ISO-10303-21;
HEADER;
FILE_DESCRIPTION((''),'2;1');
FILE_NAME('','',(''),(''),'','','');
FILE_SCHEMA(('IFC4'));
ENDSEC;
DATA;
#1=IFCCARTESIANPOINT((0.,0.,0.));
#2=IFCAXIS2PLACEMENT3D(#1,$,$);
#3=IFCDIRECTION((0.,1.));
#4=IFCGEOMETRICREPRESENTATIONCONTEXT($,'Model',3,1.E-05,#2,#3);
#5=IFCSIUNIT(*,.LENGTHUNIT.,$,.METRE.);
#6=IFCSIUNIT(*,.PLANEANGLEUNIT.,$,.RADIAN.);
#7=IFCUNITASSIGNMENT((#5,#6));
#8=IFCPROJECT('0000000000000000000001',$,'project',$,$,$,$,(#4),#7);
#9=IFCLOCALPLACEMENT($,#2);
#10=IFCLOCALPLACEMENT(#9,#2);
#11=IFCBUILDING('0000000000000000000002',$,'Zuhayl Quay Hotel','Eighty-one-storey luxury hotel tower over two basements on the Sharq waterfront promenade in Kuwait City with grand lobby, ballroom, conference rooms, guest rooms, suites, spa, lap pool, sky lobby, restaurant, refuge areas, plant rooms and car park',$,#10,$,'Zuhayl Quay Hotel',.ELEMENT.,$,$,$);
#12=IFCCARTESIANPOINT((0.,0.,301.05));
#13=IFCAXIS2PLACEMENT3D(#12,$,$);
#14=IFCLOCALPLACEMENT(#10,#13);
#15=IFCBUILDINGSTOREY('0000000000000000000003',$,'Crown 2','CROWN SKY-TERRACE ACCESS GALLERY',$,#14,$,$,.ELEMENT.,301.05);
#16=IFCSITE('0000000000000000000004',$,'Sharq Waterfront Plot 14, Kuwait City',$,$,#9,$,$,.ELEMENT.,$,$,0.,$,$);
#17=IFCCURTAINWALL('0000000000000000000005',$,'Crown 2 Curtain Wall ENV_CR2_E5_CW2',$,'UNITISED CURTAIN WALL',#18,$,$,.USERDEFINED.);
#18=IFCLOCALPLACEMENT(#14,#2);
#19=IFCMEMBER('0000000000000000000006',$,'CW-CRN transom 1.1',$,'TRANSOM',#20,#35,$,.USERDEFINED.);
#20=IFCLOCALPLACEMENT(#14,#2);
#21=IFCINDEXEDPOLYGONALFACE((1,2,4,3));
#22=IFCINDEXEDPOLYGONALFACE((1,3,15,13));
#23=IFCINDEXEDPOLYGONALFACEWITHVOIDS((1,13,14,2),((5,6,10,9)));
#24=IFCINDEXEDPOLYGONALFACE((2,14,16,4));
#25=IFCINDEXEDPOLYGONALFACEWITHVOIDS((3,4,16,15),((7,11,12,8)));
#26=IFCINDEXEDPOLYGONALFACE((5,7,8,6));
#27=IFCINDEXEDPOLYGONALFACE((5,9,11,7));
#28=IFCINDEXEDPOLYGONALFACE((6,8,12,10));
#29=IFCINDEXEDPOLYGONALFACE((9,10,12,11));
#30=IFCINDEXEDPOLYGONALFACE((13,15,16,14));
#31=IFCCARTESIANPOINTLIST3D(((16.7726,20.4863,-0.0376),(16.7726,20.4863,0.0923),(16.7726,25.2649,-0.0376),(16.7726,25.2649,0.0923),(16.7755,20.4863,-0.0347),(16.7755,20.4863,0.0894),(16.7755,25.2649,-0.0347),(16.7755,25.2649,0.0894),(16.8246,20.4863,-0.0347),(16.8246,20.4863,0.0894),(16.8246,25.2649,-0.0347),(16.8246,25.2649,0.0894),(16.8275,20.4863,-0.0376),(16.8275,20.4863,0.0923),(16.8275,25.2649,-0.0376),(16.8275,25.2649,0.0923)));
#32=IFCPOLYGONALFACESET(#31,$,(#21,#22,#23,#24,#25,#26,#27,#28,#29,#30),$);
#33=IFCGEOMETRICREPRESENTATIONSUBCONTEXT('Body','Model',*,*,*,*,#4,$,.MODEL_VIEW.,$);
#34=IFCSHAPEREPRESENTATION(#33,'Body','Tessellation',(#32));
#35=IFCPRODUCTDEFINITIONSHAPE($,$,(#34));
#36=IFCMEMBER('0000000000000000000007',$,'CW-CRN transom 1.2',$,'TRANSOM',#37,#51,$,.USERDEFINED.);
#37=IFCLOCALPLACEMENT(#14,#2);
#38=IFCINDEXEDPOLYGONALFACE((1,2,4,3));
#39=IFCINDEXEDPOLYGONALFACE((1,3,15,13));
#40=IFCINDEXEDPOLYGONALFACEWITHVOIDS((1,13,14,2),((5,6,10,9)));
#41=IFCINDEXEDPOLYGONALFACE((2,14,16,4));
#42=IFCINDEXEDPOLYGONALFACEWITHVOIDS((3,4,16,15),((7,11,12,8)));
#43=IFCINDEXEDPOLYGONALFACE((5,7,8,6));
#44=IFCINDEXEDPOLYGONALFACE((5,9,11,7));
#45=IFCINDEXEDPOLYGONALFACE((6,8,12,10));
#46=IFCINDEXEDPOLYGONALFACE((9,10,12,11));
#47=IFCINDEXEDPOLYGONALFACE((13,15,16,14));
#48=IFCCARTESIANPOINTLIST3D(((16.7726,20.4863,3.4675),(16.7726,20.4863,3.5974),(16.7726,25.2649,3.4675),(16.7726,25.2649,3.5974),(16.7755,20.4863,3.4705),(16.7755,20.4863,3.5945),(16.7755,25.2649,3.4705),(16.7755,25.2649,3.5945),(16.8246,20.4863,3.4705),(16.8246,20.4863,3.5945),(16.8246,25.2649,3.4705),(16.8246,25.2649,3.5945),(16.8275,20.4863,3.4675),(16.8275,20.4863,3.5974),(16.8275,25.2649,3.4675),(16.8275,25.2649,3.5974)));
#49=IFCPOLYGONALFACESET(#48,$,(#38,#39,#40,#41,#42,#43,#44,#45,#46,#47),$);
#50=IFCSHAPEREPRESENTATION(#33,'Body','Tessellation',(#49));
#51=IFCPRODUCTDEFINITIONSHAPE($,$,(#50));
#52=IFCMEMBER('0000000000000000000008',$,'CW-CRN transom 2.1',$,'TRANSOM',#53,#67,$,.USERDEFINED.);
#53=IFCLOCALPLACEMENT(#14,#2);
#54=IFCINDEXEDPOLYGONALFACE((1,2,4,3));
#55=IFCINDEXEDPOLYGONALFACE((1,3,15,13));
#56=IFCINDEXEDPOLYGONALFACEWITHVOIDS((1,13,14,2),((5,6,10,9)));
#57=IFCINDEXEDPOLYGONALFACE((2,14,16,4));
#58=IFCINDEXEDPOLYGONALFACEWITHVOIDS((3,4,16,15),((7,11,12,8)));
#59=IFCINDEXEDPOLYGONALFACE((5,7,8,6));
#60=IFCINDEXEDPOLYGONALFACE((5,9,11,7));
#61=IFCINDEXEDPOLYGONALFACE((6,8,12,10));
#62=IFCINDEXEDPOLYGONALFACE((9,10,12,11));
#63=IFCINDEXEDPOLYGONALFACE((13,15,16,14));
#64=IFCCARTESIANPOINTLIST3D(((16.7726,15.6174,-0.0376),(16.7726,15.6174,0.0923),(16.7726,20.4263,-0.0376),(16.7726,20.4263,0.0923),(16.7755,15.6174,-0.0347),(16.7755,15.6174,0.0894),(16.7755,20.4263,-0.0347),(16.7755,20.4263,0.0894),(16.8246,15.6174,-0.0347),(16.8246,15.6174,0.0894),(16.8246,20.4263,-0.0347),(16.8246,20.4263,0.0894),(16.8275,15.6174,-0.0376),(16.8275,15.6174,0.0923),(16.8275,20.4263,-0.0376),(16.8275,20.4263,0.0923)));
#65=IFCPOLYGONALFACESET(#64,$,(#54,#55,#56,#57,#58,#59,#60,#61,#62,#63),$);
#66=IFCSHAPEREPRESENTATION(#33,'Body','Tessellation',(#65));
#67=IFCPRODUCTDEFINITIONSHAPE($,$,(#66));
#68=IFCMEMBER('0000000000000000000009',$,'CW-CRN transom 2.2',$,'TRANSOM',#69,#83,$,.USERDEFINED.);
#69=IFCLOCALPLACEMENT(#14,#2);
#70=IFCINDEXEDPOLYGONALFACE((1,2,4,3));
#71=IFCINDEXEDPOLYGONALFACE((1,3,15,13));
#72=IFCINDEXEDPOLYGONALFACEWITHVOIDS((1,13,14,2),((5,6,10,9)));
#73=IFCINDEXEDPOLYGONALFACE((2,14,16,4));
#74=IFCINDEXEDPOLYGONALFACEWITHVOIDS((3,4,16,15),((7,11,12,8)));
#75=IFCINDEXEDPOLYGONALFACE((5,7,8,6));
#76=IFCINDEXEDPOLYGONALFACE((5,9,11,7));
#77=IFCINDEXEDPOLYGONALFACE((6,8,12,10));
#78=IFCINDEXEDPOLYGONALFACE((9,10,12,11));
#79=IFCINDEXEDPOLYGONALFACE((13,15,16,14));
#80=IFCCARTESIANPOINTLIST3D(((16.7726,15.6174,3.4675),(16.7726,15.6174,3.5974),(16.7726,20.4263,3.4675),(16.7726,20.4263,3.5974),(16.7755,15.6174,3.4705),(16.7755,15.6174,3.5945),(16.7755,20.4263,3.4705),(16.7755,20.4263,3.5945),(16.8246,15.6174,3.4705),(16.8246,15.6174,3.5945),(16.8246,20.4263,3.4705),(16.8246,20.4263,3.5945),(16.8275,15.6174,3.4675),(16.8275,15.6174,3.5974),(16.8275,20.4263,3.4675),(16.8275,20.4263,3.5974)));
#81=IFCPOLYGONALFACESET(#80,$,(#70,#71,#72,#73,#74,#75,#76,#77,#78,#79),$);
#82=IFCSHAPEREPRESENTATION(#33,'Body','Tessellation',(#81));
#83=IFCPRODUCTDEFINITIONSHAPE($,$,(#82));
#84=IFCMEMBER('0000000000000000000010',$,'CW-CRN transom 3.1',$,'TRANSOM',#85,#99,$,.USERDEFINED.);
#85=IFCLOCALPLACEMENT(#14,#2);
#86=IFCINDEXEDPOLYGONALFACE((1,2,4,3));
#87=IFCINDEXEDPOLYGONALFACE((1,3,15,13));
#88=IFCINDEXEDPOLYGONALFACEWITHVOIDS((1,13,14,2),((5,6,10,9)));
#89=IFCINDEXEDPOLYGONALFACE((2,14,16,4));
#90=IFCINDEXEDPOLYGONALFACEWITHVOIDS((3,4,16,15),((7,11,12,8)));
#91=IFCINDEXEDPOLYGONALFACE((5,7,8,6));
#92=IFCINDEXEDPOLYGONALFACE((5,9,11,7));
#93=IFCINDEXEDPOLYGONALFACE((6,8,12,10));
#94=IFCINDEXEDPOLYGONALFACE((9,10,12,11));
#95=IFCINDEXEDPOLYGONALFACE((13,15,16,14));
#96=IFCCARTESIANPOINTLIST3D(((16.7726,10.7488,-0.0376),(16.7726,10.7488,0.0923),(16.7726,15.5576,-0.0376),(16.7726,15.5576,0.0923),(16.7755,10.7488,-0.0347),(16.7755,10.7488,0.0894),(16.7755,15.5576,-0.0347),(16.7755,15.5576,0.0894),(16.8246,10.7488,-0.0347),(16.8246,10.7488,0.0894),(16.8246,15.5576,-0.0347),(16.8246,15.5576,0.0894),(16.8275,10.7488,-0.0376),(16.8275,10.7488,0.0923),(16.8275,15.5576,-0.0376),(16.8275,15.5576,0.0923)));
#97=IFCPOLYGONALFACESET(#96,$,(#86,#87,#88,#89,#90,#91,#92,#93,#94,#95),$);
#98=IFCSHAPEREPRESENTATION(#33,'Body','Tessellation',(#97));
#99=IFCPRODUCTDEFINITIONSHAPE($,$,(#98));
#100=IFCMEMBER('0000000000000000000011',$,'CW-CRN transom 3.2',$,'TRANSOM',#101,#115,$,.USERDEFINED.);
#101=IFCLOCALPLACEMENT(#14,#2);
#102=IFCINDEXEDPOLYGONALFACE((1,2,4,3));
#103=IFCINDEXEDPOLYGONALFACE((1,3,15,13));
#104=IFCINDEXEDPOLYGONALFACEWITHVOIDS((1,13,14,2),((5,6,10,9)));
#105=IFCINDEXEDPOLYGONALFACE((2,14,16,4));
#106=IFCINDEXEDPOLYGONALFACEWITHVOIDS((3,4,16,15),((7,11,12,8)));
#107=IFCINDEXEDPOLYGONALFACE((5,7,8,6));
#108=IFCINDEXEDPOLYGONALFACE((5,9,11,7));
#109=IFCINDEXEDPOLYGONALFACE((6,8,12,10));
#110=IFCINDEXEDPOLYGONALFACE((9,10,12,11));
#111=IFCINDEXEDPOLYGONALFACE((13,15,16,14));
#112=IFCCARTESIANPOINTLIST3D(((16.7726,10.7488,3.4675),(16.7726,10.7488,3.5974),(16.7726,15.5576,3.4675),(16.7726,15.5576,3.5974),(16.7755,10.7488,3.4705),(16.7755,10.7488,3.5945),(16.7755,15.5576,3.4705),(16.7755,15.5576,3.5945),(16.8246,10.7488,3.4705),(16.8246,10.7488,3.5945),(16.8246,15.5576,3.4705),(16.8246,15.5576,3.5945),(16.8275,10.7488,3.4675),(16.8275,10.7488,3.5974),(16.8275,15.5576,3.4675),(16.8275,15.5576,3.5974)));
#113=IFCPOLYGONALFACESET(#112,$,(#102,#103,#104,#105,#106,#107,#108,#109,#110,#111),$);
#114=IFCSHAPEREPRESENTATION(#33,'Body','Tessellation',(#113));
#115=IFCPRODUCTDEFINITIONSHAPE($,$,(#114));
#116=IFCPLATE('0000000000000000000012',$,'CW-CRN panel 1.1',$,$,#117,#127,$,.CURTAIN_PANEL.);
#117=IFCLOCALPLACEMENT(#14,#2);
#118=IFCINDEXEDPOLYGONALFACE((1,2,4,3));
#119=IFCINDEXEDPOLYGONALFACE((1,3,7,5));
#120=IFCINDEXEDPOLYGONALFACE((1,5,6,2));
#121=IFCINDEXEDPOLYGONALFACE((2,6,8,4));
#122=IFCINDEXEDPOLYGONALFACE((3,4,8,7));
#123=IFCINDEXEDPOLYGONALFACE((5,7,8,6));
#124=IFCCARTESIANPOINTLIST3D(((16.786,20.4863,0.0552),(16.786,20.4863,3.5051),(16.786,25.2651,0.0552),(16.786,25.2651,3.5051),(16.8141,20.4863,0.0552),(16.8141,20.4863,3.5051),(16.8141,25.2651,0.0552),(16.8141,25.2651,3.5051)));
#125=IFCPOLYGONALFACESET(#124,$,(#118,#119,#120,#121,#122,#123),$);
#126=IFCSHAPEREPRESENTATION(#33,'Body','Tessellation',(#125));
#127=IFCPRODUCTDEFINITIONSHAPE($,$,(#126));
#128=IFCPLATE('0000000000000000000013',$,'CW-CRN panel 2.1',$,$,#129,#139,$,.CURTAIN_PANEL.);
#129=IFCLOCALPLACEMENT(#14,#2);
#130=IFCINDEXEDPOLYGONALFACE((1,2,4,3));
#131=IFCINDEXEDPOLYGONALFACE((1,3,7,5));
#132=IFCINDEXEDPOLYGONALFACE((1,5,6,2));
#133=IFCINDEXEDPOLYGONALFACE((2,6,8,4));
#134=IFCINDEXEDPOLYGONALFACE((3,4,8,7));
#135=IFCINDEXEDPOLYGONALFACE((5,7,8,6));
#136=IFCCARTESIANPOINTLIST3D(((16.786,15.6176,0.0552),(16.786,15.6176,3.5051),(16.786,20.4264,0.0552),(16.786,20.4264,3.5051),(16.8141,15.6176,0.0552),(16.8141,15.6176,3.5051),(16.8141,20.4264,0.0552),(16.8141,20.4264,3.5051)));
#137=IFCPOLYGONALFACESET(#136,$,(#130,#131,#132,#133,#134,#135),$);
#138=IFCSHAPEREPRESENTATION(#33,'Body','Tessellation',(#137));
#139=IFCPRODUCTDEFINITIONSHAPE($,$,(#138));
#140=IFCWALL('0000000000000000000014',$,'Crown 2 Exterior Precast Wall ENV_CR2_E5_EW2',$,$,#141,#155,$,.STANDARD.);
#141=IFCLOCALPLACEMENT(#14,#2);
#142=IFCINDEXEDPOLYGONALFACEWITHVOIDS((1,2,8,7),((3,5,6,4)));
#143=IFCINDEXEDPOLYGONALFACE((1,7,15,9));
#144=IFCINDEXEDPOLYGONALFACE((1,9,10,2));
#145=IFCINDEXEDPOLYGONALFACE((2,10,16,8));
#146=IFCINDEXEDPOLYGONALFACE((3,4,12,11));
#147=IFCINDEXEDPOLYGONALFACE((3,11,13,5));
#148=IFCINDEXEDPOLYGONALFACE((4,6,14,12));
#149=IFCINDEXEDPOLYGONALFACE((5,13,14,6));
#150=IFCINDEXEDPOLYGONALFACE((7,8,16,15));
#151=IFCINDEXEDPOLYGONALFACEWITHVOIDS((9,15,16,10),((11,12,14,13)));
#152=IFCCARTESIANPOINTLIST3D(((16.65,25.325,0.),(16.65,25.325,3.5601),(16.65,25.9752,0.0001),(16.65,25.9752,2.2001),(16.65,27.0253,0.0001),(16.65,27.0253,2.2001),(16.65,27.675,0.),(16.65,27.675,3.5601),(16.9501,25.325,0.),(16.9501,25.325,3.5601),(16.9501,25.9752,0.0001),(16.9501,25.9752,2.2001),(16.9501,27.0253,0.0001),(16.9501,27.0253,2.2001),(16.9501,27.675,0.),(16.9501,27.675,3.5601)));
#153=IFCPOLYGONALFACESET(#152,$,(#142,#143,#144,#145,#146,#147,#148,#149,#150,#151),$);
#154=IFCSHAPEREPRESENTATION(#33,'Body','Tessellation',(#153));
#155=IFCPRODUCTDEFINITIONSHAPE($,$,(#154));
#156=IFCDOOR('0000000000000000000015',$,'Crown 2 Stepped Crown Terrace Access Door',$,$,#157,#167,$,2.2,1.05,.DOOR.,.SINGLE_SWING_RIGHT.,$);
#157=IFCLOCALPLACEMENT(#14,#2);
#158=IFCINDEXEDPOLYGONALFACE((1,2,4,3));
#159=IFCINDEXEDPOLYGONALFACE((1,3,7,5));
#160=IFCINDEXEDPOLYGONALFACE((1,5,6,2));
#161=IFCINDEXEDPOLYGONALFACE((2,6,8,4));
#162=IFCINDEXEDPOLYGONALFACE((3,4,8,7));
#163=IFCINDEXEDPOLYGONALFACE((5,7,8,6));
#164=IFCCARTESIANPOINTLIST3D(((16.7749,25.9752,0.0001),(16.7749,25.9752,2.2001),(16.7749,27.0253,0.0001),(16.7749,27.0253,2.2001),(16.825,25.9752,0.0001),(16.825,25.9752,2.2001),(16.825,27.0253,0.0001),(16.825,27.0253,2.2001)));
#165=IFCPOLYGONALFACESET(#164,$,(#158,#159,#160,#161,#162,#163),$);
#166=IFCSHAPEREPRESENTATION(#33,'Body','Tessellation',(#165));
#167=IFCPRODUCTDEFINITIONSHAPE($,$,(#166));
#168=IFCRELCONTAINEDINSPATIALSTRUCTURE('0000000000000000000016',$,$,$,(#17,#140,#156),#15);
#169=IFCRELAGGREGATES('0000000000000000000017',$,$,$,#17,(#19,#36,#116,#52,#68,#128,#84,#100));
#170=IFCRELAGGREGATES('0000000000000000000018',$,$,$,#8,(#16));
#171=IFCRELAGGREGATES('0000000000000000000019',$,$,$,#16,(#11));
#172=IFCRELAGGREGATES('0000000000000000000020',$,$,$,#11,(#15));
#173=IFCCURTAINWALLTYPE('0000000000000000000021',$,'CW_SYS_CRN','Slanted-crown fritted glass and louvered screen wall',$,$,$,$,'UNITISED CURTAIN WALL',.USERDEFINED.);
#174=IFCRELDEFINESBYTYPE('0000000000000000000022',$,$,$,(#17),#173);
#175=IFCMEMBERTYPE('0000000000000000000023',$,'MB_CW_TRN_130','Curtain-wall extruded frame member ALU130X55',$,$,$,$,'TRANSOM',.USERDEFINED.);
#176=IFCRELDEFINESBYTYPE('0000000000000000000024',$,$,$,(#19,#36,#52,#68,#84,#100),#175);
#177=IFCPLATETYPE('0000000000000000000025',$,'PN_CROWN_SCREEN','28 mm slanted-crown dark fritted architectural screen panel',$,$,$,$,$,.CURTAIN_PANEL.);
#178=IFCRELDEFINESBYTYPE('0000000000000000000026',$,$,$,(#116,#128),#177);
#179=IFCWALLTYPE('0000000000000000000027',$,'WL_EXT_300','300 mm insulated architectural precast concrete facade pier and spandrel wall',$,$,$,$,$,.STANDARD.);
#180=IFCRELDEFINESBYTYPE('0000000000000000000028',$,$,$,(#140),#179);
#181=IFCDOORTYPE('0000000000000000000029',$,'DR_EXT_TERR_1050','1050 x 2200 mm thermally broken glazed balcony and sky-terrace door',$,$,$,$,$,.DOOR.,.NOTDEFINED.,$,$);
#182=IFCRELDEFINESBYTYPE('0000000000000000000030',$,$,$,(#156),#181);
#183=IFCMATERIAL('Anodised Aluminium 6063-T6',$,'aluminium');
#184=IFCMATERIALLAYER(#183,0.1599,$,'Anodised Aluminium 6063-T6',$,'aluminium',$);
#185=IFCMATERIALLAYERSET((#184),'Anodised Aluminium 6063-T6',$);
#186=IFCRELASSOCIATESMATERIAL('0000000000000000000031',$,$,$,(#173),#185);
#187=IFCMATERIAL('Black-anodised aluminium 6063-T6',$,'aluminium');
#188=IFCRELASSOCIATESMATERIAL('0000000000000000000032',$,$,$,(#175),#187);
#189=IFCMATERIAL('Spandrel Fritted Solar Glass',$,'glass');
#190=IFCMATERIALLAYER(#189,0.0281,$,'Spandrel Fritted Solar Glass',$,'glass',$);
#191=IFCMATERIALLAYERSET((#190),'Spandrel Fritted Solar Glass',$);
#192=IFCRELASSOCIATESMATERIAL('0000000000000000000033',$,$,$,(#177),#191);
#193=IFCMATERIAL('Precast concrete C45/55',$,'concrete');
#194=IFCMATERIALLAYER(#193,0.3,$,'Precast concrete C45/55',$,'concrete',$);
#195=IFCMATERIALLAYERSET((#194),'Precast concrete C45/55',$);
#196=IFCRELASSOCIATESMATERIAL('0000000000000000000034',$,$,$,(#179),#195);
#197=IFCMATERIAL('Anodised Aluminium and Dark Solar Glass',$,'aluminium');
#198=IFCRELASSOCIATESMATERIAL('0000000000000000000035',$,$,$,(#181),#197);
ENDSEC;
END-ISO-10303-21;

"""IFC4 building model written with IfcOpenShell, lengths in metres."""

from ifc_helpers import new_model, si_unit, direction, frame, frame_2d, origin, origin_2d, place, context, subcontext, project, spatial, rectangle, hollow_rectangle, extrude, material, layer, layer_set, material_profile, profile_set, type_object, element, fill, aggregate, save


model = new_model("IFC4")

# Units and contexts
model_context = context("Model", 3, precision=1e-05, world=origin(), true_north=direction((0.0, 1.0)))
body_context = subcontext(model_context, "Body", "Model", "MODEL_VIEW")
ifc_project = project(units=[si_unit("LENGTHUNIT", "METRE"), si_unit("PLANEANGLEUNIT", "RADIAN")], contexts=[model_context])

# Site, building, storey
site_placement = place(None, origin())
site = spatial("IfcSite", under=ifc_project, at=site_placement, Name="Sharq Waterfront Plot 14, Kuwait City", CompositionType="ELEMENT", RefElevation=0.0)
building_placement = place(site_placement, origin())
building = spatial("IfcBuilding", under=site, at=building_placement, Name="Zuhayl Quay Hotel", Description="Eighty-one-storey luxury hotel tower over two basements on the Sharq waterfront promenade in Kuwait City with grand lobby, ballroom, conference rooms, guest rooms, suites, spa, lap pool, sky lobby, restaurant, refuge areas, plant rooms and car park", LongName="Zuhayl Quay Hotel", CompositionType="ELEMENT")
storey_placement = place(building_placement, frame((0.0, 0.0, 301.05)))
storey = spatial("IfcBuildingStorey", under=building, at=storey_placement, Name="Crown 2", Description="CROWN SKY-TERRACE ACCESS GALLERY", CompositionType="ELEMENT", Elevation=301.05)

# Shared definitions
ifc_material_1 = material(Name="Anodised Aluminium 6063-T6", Category="aluminium")
ifc_layer_1 = layer(ifc_material_1, 0.1599, Name="Anodised Aluminium 6063-T6", Category="aluminium")
ifc_layer_set_1 = layer_set([ifc_layer_1], Name="Anodised Aluminium 6063-T6")
curtain_wall_type = type_object("IfcCurtainWallType", Name="CW_SYS_CRN", Description="Slanted-crown fritted glass and louvered screen wall", ElementType="UNITISED CURTAIN WALL", PredefinedType="USERDEFINED", material=ifc_layer_set_1)
ifc_material_2 = material(Name="Black-anodised aluminium 6063-T6", Category="aluminium")

# Curtain wall, members, plates
curtain_wall_1_placement = place(storey_placement, origin())
curtain_wall_1 = element("IfcCurtainWall", 1, at=curtain_wall_1_placement, inside=storey, type_object=curtain_wall_type, Name="Crown 2 Curtain Wall ENV_CR2_E5_CW2", ObjectType="UNITISED CURTAIN WALL", PredefinedType="USERDEFINED")
ifc_material_profile_1 = material_profile(ifc_material_2, hollow_rectangle(XDim=0.0549, YDim=0.1299, WallThickness=0.0029, at=origin_2d()), Name="ALU130X55")
ifc_profile_set_1 = profile_set([ifc_material_profile_1], Name="Black-anodised aluminium 6063-T6")
member_type_1 = type_object("IfcMemberType", Name="MB_CW_TRN_130", Description="Curtain-wall extruded frame member ALU130X55", ElementType="TRANSOM", PredefinedType="USERDEFINED", material=ifc_profile_set_1)
member_1_placement = place(storey_placement, frame((16.8, 25.2649, 0.0273), z_axis=(0.0, -1.0, 0.0), x_axis=(1.0, 0.0, 0.0)))
member_1 = element("IfcMember", 2, at=member_1_placement, type_object=member_type_1, Name="CW-CRN transom 1.1", ObjectType="TRANSOM", PredefinedType="USERDEFINED", context=body_context, shape_type="SweptSolid", body=[
    extrude(hollow_rectangle(XDim=0.0549, YDim=0.1299, WallThickness=0.0029, at=origin_2d()), origin(), (0.0, 0.0, 1.0), 4.7786),
])
member_2_placement = place(storey_placement, frame((16.8, 25.2649, 3.5325), z_axis=(0.0, -1.0, 0.0), x_axis=(1.0, 0.0, 0.0)))
member_2 = element("IfcMember", 3, at=member_2_placement, type_object=member_type_1, Name="CW-CRN transom 1.2", ObjectType="TRANSOM", PredefinedType="USERDEFINED", context=body_context, shape_type="SweptSolid", body=[
    extrude(hollow_rectangle(XDim=0.0549, YDim=0.1299, WallThickness=0.0029, at=origin_2d()), origin(), (0.0, 0.0, 1.0), 4.7786),
])
member_3_placement = place(storey_placement, frame((16.8, 20.4263, 0.0273), z_axis=(0.0, -1.0, 0.0), x_axis=(1.0, 0.0, 0.0)))
member_3 = element("IfcMember", 4, at=member_3_placement, type_object=member_type_1, Name="CW-CRN transom 2.1", ObjectType="TRANSOM", PredefinedType="USERDEFINED", context=body_context, shape_type="SweptSolid", body=[
    extrude(hollow_rectangle(XDim=0.0549, YDim=0.1299, WallThickness=0.0029, at=origin_2d()), origin(), (0.0, 0.0, 1.0), 4.8088),
])
member_4_placement = place(storey_placement, frame((16.8, 20.4263, 3.5325), z_axis=(0.0, -1.0, 0.0), x_axis=(1.0, 0.0, 0.0)))
member_4 = element("IfcMember", 5, at=member_4_placement, type_object=member_type_1, Name="CW-CRN transom 2.2", ObjectType="TRANSOM", PredefinedType="USERDEFINED", context=body_context, shape_type="SweptSolid", body=[
    extrude(hollow_rectangle(XDim=0.0549, YDim=0.1299, WallThickness=0.0029, at=origin_2d()), origin(), (0.0, 0.0, 1.0), 4.8088),
])
member_5_placement = place(storey_placement, frame((16.8, 15.5576, 0.0273), z_axis=(0.0, -1.0, 0.0), x_axis=(1.0, 0.0, 0.0)))
member_5 = element("IfcMember", 6, at=member_5_placement, type_object=member_type_1, Name="CW-CRN transom 3.1", ObjectType="TRANSOM", PredefinedType="USERDEFINED", context=body_context, shape_type="SweptSolid", body=[
    extrude(hollow_rectangle(XDim=0.0549, YDim=0.1299, WallThickness=0.0029, at=origin_2d()), origin(), (0.0, 0.0, 1.0), 4.8088),
])
member_6_placement = place(storey_placement, frame((16.8, 15.5576, 3.5325), z_axis=(0.0, -1.0, 0.0), x_axis=(1.0, 0.0, 0.0)))
member_6 = element("IfcMember", 7, at=member_6_placement, type_object=member_type_1, Name="CW-CRN transom 3.2", ObjectType="TRANSOM", PredefinedType="USERDEFINED", context=body_context, shape_type="SweptSolid", body=[
    extrude(hollow_rectangle(XDim=0.0549, YDim=0.1299, WallThickness=0.0029, at=origin_2d()), origin(), (0.0, 0.0, 1.0), 4.8088),
])
ifc_material_3 = material(Name="Spandrel Fritted Solar Glass", Category="glass")
ifc_layer_2 = layer(ifc_material_3, 0.0281, Name="Spandrel Fritted Solar Glass", Category="glass")
ifc_layer_set_2 = layer_set([ifc_layer_2], Name="Spandrel Fritted Solar Glass")
plate_type = type_object("IfcPlateType", Name="PN_CROWN_SCREEN", Description="28 mm slanted-crown dark fritted architectural screen panel", PredefinedType="CURTAIN_PANEL", material=ifc_layer_set_2)
plate_1_placement = place(storey_placement, frame((16.8, 22.8757, 0.0552), z_axis=(0.0, 0.0, 1.0), x_axis=(0.0, -1.0, 0.0)))
plate_1 = element("IfcPlate", 8, at=plate_1_placement, type_object=plate_type, Name="CW-CRN panel 1.1", PredefinedType="CURTAIN_PANEL", context=body_context, shape_type="SweptSolid", body=[
    extrude(rectangle(XDim=4.7788, YDim=0.0281, at=origin_2d()), origin(), (0.0, 0.0, 1.0), 3.45),
])
plate_2_placement = place(storey_placement, frame((16.8, 18.022, 0.0552), z_axis=(0.0, 0.0, 1.0), x_axis=(0.0, -1.0, 0.0)))
plate_2 = element("IfcPlate", 9, at=plate_2_placement, type_object=plate_type, Name="CW-CRN panel 2.1", PredefinedType="CURTAIN_PANEL", context=body_context, shape_type="SweptSolid", body=[
    extrude(rectangle(XDim=4.8088, YDim=0.0281, at=origin_2d()), origin(), (0.0, 0.0, 1.0), 3.45),
])
aggregate(curtain_wall_1, [member_1, member_2, plate_1, member_3, member_4, plate_2, member_5, member_6])

# Wall, opening, door
ifc_material_4 = material(Name="Precast concrete C45/55", Category="concrete")
ifc_layer_3 = layer(ifc_material_4, 0.3, Name="Precast concrete C45/55", Category="concrete")
ifc_layer_set_3 = layer_set([ifc_layer_3], Name="Precast concrete C45/55")
wall_type_1 = type_object("IfcWallType", Name="WL_EXT_300", Description="300 mm insulated architectural precast concrete facade pier and spandrel wall", PredefinedType="STANDARD", material=ifc_layer_set_3)
wall_1_placement = place(storey_placement, frame((16.8, 27.675, 0.0), z_axis=(0.0, 0.0, 1.0), x_axis=(0.0, -1.0, 0.0)))
wall_1 = element("IfcWall", 10, at=wall_1_placement, inside=storey, type_object=wall_type_1, Name="Crown 2 Exterior Precast Wall ENV_CR2_E5_EW2", PredefinedType="STANDARD", context=body_context, shape_type="SweptSolid", body=[
    extrude(rectangle(XDim=2.3501, YDim=0.3, at=frame_2d((1.175, 0.0))), origin(), (0.0, 0.0, 1.0), 3.5601),
])
opening_1_placement = place(wall_1_placement, frame((0.6499, 0.0, 0.0)))
opening_1 = element("IfcOpeningElement", 11, at=opening_1_placement, cuts=wall_1, PredefinedType="OPENING", context=body_context, shape_type="SweptSolid", body=[
    extrude(rectangle(XDim=1.05, YDim=2.2, at=frame_2d((0.5249, 1.1001))), frame((0.0, 0.1599, 0.0), z_axis=(0.0, -1.0, 0.0), x_axis=(1.0, 0.0, 0.0)), (0.0, 0.0, 1.0), 0.3201),
])
ifc_material_5 = material(Name="Anodised Aluminium and Dark Solar Glass", Category="aluminium")
door_type_1 = type_object("IfcDoorType", Name="DR_EXT_TERR_1050", Description="1050 x 2200 mm thermally broken glazed balcony and sky-terrace door", OperationType="NOTDEFINED", PredefinedType="DOOR", material=ifc_material_5)
door_1_placement = place(opening_1_placement, origin())
door_1 = element("IfcDoor", 12, at=door_1_placement, inside=storey, type_object=door_type_1, Name="Crown 2 Stepped Crown Terrace Access Door", OperationType="SINGLE_SWING_RIGHT", OverallHeight=2.2, OverallWidth=1.05, PredefinedType="DOOR", context=body_context, shape_type="SweptSolid", body=[
    extrude(rectangle(XDim=1.05, YDim=2.2, at=frame_2d((0.5249, 1.1001))), frame((0.0, 0.0249, 0.0), z_axis=(0.0, -1.0, 0.0), x_axis=(1.0, 0.0, 0.0)), (0.0, 0.0, 1.0), 0.05),
])
fill(opening_1, door_1)

save(model, "model.ifc")
